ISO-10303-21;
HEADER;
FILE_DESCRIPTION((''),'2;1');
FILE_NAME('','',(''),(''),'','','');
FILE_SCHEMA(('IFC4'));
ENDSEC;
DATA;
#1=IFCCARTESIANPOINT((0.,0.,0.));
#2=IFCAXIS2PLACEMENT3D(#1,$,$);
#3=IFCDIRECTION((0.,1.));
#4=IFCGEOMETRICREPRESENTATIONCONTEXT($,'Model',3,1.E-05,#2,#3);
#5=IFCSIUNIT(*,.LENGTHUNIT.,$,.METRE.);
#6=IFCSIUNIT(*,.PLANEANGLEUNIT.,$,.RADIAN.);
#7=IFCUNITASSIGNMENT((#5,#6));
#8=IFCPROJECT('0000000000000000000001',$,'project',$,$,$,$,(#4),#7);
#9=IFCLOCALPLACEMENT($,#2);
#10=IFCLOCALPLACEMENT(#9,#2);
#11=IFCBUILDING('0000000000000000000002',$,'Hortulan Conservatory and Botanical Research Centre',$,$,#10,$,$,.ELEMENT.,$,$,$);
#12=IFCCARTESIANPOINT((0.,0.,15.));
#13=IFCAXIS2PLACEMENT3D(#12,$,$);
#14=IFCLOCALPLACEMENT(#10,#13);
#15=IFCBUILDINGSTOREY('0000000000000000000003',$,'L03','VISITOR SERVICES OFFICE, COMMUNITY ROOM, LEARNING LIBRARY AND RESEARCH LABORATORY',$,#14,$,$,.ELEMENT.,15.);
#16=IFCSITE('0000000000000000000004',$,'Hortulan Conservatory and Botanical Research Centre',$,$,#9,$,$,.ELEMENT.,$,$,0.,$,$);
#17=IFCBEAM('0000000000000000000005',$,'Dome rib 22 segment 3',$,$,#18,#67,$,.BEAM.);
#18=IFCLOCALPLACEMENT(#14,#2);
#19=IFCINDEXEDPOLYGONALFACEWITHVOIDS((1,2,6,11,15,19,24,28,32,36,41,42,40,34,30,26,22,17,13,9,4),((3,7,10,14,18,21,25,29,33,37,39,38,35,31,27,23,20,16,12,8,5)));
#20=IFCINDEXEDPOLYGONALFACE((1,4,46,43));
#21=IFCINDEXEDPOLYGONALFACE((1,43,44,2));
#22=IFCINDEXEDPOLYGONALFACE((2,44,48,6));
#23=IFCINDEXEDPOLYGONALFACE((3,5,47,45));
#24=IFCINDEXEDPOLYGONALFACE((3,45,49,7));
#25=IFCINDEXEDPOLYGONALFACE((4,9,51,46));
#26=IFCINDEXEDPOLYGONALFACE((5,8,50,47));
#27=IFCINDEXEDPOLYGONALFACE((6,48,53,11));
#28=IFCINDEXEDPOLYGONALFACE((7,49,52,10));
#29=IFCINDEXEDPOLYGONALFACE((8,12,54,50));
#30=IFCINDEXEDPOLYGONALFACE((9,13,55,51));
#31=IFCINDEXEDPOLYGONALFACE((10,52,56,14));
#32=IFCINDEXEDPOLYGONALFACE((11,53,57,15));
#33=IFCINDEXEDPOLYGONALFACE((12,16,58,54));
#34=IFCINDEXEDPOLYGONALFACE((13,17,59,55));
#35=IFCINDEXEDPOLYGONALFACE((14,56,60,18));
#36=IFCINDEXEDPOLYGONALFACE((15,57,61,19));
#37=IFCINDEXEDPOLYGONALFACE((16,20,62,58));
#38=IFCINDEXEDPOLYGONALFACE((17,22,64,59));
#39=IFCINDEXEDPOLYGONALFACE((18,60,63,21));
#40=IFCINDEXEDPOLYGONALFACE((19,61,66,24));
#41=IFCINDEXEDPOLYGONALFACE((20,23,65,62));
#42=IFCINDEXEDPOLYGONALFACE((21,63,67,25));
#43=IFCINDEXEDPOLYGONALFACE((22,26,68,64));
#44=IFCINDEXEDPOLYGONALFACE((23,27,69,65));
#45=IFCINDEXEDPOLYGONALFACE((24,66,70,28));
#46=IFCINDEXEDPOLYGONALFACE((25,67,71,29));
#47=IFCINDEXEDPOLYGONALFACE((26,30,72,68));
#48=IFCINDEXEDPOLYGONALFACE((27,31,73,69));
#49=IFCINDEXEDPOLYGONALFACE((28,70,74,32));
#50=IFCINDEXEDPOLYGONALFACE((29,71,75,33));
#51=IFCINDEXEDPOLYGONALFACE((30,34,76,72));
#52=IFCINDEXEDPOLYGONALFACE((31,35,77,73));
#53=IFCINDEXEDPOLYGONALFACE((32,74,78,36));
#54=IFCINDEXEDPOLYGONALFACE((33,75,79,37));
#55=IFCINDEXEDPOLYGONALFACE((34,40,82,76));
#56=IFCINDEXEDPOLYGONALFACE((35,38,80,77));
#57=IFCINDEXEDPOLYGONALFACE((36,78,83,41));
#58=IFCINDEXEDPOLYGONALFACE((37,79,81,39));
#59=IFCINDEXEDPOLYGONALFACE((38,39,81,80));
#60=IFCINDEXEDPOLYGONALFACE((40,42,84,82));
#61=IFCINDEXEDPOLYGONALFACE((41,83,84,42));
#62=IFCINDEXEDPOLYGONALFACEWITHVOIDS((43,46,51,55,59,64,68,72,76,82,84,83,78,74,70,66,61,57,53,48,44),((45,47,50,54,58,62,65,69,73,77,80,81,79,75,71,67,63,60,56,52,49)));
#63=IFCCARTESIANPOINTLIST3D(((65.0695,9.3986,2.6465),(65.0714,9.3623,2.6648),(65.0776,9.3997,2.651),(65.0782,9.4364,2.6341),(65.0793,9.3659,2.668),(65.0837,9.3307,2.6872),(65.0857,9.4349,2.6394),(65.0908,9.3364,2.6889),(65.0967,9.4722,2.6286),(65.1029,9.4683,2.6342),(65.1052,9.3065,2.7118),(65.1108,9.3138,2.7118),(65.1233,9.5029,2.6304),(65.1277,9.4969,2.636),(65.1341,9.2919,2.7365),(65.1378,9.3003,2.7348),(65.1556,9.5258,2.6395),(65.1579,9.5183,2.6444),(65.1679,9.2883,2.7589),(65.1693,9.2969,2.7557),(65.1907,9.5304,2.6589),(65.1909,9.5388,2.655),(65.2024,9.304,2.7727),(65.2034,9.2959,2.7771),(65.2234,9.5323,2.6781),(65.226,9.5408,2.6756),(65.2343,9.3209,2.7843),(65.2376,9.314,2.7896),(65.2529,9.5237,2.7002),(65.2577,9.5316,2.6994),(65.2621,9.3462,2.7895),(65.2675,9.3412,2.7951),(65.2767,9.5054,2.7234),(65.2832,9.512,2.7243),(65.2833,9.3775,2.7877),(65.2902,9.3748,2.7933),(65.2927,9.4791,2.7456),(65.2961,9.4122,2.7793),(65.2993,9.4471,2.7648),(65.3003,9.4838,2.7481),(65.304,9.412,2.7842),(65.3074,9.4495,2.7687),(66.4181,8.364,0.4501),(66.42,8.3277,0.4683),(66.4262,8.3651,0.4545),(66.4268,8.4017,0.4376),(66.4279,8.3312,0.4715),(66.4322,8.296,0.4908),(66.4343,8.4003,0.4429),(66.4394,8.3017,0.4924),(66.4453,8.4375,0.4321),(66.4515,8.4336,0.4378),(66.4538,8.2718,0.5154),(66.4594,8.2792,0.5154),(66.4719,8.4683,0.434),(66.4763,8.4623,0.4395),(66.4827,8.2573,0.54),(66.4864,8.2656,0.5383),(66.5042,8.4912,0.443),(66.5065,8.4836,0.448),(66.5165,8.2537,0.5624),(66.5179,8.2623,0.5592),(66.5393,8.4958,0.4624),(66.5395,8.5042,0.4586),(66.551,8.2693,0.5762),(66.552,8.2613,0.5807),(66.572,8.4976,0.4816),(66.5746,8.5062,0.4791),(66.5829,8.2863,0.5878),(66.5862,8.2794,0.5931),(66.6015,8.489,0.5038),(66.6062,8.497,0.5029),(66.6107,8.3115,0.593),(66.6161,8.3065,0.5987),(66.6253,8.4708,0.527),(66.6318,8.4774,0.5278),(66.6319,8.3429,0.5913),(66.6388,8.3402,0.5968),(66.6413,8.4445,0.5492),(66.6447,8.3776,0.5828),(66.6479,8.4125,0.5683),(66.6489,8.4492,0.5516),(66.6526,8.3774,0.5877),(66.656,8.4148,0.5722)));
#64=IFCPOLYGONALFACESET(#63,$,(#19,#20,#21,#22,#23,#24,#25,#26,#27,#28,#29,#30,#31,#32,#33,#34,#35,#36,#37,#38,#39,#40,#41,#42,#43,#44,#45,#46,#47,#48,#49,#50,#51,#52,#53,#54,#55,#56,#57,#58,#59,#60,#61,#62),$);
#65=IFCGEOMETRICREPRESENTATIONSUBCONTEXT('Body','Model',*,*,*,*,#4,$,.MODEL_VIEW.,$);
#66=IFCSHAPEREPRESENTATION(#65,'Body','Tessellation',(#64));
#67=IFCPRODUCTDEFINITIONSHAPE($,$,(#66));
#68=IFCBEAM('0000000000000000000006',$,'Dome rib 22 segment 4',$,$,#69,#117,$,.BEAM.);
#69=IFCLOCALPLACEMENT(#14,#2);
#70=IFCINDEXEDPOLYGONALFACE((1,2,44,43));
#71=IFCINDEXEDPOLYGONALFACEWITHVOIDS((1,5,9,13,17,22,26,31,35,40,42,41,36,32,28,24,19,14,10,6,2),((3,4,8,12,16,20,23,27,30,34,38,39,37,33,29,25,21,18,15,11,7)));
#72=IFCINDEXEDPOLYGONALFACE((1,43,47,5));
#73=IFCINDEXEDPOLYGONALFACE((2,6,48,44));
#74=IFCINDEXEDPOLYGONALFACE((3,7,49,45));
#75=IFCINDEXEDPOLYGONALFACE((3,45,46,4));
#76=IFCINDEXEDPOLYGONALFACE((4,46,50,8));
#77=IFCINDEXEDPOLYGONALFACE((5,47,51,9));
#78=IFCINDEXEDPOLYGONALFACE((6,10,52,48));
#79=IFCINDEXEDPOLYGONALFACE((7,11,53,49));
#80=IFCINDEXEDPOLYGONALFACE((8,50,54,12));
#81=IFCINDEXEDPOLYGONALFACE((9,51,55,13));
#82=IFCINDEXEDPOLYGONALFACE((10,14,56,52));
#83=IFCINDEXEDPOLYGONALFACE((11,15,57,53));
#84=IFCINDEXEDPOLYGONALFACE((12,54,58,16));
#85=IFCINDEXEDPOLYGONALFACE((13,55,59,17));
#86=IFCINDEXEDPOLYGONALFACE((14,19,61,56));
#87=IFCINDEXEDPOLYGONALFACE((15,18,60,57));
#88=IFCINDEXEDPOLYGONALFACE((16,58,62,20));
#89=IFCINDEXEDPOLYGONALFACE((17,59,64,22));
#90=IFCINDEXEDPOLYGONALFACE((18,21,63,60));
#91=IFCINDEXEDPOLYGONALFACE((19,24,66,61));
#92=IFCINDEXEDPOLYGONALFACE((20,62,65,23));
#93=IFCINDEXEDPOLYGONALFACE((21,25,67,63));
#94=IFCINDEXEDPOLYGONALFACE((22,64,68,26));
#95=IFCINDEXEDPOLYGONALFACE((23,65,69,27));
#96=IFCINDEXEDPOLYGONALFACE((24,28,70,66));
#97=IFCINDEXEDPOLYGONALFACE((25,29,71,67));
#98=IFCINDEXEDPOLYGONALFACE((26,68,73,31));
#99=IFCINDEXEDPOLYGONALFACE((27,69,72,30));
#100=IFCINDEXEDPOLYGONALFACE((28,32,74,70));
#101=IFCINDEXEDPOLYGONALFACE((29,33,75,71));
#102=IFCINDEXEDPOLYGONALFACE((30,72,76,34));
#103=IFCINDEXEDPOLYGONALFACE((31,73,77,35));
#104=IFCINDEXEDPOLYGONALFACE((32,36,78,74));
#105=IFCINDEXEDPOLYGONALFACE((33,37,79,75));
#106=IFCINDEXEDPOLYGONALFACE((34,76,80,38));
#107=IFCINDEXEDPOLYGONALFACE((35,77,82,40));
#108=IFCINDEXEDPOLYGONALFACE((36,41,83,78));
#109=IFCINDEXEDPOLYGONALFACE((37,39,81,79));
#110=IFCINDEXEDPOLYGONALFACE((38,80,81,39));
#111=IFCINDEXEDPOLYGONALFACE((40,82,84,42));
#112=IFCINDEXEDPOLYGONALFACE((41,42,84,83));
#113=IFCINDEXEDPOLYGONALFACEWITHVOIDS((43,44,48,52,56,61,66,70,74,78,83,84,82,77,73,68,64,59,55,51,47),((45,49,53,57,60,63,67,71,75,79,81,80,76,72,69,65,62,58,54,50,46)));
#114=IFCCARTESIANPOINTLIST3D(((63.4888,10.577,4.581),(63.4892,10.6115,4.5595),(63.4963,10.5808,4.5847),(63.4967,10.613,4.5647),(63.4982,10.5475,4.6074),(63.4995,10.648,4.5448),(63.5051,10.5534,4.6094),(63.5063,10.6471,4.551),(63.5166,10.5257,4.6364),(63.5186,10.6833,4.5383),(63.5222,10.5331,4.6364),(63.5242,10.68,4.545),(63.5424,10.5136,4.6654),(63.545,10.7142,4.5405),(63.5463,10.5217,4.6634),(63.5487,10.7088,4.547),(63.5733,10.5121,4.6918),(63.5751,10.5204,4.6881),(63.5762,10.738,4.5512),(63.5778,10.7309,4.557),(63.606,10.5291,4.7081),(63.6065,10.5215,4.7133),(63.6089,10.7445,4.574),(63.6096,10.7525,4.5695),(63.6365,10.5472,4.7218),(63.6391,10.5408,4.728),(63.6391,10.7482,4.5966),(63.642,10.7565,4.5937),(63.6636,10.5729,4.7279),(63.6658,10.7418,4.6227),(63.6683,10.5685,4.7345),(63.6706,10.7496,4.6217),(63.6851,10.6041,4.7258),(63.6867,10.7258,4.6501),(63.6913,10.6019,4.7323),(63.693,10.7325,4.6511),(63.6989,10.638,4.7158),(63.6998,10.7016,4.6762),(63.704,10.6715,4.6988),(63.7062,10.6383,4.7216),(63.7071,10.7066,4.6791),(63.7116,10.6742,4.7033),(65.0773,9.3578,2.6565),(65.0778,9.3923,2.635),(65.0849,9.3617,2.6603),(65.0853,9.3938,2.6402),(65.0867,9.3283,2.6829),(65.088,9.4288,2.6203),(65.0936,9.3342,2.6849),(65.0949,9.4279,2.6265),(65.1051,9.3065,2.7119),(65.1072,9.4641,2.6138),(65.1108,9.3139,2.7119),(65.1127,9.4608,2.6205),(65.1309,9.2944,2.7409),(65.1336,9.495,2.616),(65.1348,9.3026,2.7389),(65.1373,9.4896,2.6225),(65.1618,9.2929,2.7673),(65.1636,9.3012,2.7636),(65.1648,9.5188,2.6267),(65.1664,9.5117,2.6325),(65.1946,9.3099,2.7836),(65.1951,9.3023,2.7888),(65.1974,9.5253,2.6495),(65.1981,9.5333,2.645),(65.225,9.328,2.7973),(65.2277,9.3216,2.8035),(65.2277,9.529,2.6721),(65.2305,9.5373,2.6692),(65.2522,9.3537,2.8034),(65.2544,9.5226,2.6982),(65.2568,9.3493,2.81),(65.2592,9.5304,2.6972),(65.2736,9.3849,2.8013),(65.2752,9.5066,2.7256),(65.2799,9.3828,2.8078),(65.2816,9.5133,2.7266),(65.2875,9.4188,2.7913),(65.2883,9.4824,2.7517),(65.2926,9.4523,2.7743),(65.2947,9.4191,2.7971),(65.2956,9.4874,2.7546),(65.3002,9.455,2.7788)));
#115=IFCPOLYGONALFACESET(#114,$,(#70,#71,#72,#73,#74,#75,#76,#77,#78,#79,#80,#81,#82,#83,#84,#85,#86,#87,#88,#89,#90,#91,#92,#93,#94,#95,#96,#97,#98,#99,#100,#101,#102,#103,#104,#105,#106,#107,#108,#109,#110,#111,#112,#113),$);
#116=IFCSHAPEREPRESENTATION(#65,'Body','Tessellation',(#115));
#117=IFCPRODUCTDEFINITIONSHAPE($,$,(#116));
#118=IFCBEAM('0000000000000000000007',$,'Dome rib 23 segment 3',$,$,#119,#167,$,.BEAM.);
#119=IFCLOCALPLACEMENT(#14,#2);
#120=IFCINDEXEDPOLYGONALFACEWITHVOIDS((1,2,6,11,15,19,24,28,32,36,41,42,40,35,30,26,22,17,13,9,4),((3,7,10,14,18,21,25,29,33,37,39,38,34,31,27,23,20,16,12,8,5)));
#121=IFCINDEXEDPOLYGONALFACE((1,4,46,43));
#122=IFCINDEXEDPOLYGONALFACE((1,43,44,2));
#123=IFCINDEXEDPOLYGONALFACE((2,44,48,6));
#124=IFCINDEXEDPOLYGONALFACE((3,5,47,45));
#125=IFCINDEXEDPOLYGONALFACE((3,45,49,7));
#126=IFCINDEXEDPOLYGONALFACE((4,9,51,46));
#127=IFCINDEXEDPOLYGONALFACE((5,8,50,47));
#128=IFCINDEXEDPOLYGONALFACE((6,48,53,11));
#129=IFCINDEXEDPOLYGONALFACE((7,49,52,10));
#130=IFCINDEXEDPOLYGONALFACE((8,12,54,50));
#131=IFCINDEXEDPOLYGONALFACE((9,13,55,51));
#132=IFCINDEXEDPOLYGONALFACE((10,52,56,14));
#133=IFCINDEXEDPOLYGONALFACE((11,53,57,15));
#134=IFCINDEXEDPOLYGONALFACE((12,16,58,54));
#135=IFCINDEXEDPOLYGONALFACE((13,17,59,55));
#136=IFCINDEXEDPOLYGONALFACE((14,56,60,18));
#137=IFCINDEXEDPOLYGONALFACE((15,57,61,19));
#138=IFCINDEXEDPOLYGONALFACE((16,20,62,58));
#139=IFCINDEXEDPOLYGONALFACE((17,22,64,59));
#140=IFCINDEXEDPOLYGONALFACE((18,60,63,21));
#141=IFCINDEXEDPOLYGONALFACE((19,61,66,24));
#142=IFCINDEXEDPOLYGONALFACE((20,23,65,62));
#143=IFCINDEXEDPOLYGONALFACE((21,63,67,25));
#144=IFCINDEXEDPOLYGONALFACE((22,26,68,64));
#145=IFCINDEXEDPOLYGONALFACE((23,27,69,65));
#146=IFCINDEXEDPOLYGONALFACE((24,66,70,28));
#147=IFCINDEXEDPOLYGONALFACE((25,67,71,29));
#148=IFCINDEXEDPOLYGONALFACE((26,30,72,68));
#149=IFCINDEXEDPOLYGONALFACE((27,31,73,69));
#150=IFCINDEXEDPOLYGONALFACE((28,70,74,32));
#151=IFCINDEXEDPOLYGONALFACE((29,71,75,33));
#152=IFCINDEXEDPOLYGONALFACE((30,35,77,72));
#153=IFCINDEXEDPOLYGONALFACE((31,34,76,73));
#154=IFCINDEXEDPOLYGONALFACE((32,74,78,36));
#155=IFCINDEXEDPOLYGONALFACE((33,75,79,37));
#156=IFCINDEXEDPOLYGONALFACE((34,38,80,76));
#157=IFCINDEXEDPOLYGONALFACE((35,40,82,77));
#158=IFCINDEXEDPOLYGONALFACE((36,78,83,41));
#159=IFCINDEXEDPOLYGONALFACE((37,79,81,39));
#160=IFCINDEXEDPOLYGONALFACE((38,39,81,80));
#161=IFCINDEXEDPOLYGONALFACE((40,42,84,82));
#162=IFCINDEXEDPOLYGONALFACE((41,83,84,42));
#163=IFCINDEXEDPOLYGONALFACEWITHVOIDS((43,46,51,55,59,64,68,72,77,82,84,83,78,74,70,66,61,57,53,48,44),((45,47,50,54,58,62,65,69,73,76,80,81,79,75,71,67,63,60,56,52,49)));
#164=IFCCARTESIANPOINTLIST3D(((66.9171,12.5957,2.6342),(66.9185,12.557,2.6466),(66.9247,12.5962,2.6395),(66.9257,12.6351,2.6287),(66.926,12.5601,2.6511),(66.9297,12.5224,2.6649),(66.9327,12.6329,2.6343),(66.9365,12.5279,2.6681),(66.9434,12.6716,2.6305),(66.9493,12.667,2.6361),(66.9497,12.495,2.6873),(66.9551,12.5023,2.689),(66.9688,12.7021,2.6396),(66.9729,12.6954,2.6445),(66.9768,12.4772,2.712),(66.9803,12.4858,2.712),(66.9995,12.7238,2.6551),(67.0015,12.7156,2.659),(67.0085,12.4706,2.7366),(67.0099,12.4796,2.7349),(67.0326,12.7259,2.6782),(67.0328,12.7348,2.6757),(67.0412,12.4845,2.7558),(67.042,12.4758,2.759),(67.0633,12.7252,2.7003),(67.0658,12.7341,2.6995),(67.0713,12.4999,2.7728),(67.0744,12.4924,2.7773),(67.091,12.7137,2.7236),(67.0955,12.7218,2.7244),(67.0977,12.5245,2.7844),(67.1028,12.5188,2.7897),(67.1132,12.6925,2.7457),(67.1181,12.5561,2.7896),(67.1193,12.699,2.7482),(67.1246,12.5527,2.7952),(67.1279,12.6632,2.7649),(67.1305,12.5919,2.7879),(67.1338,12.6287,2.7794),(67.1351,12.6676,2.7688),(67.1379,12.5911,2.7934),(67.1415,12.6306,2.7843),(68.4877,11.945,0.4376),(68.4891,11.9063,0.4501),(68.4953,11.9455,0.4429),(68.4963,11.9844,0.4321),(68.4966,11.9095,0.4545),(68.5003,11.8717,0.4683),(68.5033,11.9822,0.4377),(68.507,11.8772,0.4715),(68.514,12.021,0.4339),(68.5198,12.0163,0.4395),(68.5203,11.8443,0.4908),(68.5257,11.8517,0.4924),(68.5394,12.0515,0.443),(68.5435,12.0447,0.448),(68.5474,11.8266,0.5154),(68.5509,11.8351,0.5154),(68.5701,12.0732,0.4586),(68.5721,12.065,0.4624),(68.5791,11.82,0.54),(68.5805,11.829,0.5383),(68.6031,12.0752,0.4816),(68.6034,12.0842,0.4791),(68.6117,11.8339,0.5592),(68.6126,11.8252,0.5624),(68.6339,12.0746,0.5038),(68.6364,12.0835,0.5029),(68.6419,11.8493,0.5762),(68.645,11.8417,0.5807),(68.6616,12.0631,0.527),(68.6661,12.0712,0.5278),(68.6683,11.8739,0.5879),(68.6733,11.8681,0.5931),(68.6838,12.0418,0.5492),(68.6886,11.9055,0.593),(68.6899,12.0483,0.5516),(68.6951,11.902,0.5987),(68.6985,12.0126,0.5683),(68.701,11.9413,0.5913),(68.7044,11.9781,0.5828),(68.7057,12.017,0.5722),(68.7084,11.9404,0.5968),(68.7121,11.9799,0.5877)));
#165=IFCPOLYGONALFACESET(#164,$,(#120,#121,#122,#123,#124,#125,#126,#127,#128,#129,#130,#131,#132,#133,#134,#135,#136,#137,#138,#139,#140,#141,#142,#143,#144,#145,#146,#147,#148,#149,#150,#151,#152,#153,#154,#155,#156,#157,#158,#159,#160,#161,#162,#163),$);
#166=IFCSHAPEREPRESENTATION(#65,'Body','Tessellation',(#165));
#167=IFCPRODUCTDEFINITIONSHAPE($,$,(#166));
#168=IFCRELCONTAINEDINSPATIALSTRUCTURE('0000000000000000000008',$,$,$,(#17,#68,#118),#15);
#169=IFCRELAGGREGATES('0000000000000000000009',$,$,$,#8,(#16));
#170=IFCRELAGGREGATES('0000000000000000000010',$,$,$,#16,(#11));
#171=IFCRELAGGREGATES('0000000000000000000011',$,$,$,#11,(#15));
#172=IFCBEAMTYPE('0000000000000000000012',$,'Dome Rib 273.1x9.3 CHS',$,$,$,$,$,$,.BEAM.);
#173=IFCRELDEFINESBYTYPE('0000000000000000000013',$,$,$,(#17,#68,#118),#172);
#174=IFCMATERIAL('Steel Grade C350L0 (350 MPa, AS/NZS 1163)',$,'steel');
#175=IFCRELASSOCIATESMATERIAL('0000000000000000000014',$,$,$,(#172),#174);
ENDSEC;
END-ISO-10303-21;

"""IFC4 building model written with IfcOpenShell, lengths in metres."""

from ifc_helpers import new_model, si_unit, direction, frame, origin, origin_2d, place, context, subcontext, project, spatial, hollow_circle, extrude, material, material_profile, profile_set, type_object, element, save


model = new_model("IFC4")

# Units and contexts
model_context = context("Model", 3, precision=1e-05, world=origin(), true_north=direction((0.0, 1.0)))
body_context = subcontext(model_context, "Body", "Model", "MODEL_VIEW")
ifc_project = project(units=[si_unit("LENGTHUNIT", "METRE"), si_unit("PLANEANGLEUNIT", "RADIAN")], contexts=[model_context])

# Site, building, storey
site_placement = place(None, origin())
site = spatial("IfcSite", under=ifc_project, at=site_placement, Name="Hortulan Conservatory and Botanical Research Centre", CompositionType="ELEMENT", RefElevation=0.0)
building_placement = place(site_placement, origin())
building = spatial("IfcBuilding", under=site, at=building_placement, Name="Hortulan Conservatory and Botanical Research Centre", CompositionType="ELEMENT")
storey_placement = place(building_placement, frame((0.0, 0.0, 15.0)))
storey = spatial("IfcBuildingStorey", under=building, at=storey_placement, Name="L03", Description="VISITOR SERVICES OFFICE, COMMUNITY ROOM, LEARNING LIBRARY AND RESEARCH LABORATORY", CompositionType="ELEMENT", Elevation=15.0)

# Beams
ifc_material_1 = material(Name="Steel Grade C350L0 (350 MPa, AS/NZS 1163)", Category="steel")
ifc_material_profile_1 = material_profile(ifc_material_1, hollow_circle(Radius=0.1365, WallThickness=0.0093, at=origin_2d()), Name="273.1x9.3CHS")
ifc_profile_set_1 = profile_set([ifc_material_profile_1], Name="Steel Grade C350L0 (350 MPa, AS/NZS 1163)")
beam_type = type_object("IfcBeamType", Name="Dome Rib 273.1x9.3 CHS", PredefinedType="BEAM", material=ifc_profile_set_1)
for number, where, z_axis, x_axis, name in (
    (1, (66.5369, 8.3801, 0.5154), (-0.485569, 0.372527, 0.790852), (-0.608697, -0.793403, 0.0), "Dome rib 22 segment 3"),
    (2, (65.1882, 9.4148, 2.7119), (-0.571973, 0.438978, 0.692925), (-0.608838, -0.793294, 0.0), "Dome rib 22 segment 4"),
):
    element("IfcBeam", number, at=place(storey_placement, frame(where, z_axis=z_axis, x_axis=x_axis)), inside=storey, type_object=beam_type, Name=name, PredefinedType="BEAM", context=body_context, shape_type="SweptSolid", body=[
        extrude(hollow_circle(Radius=0.1365, WallThickness=0.0093, at=origin_2d()), origin(), (0.0, 0.0, 1.0), 2.7773),
    ])
beam_placement = place(storey_placement, frame((68.5996, 11.9526, 0.5154), z_axis=(-0.565449, 0.234249, 0.790819), x_axis=(-0.382728, -0.923861, 0.0)))
element("IfcBeam", 3, at=beam_placement, inside=storey, type_object=beam_type, Name="Dome rib 23 segment 3", PredefinedType="BEAM", context=body_context, shape_type="SweptSolid", body=[
    extrude(hollow_circle(Radius=0.1365, WallThickness=0.0093, at=origin_2d()), origin(), (0.0, 0.0, 1.0), 2.7776),
])

save(model, "model.ifc")
